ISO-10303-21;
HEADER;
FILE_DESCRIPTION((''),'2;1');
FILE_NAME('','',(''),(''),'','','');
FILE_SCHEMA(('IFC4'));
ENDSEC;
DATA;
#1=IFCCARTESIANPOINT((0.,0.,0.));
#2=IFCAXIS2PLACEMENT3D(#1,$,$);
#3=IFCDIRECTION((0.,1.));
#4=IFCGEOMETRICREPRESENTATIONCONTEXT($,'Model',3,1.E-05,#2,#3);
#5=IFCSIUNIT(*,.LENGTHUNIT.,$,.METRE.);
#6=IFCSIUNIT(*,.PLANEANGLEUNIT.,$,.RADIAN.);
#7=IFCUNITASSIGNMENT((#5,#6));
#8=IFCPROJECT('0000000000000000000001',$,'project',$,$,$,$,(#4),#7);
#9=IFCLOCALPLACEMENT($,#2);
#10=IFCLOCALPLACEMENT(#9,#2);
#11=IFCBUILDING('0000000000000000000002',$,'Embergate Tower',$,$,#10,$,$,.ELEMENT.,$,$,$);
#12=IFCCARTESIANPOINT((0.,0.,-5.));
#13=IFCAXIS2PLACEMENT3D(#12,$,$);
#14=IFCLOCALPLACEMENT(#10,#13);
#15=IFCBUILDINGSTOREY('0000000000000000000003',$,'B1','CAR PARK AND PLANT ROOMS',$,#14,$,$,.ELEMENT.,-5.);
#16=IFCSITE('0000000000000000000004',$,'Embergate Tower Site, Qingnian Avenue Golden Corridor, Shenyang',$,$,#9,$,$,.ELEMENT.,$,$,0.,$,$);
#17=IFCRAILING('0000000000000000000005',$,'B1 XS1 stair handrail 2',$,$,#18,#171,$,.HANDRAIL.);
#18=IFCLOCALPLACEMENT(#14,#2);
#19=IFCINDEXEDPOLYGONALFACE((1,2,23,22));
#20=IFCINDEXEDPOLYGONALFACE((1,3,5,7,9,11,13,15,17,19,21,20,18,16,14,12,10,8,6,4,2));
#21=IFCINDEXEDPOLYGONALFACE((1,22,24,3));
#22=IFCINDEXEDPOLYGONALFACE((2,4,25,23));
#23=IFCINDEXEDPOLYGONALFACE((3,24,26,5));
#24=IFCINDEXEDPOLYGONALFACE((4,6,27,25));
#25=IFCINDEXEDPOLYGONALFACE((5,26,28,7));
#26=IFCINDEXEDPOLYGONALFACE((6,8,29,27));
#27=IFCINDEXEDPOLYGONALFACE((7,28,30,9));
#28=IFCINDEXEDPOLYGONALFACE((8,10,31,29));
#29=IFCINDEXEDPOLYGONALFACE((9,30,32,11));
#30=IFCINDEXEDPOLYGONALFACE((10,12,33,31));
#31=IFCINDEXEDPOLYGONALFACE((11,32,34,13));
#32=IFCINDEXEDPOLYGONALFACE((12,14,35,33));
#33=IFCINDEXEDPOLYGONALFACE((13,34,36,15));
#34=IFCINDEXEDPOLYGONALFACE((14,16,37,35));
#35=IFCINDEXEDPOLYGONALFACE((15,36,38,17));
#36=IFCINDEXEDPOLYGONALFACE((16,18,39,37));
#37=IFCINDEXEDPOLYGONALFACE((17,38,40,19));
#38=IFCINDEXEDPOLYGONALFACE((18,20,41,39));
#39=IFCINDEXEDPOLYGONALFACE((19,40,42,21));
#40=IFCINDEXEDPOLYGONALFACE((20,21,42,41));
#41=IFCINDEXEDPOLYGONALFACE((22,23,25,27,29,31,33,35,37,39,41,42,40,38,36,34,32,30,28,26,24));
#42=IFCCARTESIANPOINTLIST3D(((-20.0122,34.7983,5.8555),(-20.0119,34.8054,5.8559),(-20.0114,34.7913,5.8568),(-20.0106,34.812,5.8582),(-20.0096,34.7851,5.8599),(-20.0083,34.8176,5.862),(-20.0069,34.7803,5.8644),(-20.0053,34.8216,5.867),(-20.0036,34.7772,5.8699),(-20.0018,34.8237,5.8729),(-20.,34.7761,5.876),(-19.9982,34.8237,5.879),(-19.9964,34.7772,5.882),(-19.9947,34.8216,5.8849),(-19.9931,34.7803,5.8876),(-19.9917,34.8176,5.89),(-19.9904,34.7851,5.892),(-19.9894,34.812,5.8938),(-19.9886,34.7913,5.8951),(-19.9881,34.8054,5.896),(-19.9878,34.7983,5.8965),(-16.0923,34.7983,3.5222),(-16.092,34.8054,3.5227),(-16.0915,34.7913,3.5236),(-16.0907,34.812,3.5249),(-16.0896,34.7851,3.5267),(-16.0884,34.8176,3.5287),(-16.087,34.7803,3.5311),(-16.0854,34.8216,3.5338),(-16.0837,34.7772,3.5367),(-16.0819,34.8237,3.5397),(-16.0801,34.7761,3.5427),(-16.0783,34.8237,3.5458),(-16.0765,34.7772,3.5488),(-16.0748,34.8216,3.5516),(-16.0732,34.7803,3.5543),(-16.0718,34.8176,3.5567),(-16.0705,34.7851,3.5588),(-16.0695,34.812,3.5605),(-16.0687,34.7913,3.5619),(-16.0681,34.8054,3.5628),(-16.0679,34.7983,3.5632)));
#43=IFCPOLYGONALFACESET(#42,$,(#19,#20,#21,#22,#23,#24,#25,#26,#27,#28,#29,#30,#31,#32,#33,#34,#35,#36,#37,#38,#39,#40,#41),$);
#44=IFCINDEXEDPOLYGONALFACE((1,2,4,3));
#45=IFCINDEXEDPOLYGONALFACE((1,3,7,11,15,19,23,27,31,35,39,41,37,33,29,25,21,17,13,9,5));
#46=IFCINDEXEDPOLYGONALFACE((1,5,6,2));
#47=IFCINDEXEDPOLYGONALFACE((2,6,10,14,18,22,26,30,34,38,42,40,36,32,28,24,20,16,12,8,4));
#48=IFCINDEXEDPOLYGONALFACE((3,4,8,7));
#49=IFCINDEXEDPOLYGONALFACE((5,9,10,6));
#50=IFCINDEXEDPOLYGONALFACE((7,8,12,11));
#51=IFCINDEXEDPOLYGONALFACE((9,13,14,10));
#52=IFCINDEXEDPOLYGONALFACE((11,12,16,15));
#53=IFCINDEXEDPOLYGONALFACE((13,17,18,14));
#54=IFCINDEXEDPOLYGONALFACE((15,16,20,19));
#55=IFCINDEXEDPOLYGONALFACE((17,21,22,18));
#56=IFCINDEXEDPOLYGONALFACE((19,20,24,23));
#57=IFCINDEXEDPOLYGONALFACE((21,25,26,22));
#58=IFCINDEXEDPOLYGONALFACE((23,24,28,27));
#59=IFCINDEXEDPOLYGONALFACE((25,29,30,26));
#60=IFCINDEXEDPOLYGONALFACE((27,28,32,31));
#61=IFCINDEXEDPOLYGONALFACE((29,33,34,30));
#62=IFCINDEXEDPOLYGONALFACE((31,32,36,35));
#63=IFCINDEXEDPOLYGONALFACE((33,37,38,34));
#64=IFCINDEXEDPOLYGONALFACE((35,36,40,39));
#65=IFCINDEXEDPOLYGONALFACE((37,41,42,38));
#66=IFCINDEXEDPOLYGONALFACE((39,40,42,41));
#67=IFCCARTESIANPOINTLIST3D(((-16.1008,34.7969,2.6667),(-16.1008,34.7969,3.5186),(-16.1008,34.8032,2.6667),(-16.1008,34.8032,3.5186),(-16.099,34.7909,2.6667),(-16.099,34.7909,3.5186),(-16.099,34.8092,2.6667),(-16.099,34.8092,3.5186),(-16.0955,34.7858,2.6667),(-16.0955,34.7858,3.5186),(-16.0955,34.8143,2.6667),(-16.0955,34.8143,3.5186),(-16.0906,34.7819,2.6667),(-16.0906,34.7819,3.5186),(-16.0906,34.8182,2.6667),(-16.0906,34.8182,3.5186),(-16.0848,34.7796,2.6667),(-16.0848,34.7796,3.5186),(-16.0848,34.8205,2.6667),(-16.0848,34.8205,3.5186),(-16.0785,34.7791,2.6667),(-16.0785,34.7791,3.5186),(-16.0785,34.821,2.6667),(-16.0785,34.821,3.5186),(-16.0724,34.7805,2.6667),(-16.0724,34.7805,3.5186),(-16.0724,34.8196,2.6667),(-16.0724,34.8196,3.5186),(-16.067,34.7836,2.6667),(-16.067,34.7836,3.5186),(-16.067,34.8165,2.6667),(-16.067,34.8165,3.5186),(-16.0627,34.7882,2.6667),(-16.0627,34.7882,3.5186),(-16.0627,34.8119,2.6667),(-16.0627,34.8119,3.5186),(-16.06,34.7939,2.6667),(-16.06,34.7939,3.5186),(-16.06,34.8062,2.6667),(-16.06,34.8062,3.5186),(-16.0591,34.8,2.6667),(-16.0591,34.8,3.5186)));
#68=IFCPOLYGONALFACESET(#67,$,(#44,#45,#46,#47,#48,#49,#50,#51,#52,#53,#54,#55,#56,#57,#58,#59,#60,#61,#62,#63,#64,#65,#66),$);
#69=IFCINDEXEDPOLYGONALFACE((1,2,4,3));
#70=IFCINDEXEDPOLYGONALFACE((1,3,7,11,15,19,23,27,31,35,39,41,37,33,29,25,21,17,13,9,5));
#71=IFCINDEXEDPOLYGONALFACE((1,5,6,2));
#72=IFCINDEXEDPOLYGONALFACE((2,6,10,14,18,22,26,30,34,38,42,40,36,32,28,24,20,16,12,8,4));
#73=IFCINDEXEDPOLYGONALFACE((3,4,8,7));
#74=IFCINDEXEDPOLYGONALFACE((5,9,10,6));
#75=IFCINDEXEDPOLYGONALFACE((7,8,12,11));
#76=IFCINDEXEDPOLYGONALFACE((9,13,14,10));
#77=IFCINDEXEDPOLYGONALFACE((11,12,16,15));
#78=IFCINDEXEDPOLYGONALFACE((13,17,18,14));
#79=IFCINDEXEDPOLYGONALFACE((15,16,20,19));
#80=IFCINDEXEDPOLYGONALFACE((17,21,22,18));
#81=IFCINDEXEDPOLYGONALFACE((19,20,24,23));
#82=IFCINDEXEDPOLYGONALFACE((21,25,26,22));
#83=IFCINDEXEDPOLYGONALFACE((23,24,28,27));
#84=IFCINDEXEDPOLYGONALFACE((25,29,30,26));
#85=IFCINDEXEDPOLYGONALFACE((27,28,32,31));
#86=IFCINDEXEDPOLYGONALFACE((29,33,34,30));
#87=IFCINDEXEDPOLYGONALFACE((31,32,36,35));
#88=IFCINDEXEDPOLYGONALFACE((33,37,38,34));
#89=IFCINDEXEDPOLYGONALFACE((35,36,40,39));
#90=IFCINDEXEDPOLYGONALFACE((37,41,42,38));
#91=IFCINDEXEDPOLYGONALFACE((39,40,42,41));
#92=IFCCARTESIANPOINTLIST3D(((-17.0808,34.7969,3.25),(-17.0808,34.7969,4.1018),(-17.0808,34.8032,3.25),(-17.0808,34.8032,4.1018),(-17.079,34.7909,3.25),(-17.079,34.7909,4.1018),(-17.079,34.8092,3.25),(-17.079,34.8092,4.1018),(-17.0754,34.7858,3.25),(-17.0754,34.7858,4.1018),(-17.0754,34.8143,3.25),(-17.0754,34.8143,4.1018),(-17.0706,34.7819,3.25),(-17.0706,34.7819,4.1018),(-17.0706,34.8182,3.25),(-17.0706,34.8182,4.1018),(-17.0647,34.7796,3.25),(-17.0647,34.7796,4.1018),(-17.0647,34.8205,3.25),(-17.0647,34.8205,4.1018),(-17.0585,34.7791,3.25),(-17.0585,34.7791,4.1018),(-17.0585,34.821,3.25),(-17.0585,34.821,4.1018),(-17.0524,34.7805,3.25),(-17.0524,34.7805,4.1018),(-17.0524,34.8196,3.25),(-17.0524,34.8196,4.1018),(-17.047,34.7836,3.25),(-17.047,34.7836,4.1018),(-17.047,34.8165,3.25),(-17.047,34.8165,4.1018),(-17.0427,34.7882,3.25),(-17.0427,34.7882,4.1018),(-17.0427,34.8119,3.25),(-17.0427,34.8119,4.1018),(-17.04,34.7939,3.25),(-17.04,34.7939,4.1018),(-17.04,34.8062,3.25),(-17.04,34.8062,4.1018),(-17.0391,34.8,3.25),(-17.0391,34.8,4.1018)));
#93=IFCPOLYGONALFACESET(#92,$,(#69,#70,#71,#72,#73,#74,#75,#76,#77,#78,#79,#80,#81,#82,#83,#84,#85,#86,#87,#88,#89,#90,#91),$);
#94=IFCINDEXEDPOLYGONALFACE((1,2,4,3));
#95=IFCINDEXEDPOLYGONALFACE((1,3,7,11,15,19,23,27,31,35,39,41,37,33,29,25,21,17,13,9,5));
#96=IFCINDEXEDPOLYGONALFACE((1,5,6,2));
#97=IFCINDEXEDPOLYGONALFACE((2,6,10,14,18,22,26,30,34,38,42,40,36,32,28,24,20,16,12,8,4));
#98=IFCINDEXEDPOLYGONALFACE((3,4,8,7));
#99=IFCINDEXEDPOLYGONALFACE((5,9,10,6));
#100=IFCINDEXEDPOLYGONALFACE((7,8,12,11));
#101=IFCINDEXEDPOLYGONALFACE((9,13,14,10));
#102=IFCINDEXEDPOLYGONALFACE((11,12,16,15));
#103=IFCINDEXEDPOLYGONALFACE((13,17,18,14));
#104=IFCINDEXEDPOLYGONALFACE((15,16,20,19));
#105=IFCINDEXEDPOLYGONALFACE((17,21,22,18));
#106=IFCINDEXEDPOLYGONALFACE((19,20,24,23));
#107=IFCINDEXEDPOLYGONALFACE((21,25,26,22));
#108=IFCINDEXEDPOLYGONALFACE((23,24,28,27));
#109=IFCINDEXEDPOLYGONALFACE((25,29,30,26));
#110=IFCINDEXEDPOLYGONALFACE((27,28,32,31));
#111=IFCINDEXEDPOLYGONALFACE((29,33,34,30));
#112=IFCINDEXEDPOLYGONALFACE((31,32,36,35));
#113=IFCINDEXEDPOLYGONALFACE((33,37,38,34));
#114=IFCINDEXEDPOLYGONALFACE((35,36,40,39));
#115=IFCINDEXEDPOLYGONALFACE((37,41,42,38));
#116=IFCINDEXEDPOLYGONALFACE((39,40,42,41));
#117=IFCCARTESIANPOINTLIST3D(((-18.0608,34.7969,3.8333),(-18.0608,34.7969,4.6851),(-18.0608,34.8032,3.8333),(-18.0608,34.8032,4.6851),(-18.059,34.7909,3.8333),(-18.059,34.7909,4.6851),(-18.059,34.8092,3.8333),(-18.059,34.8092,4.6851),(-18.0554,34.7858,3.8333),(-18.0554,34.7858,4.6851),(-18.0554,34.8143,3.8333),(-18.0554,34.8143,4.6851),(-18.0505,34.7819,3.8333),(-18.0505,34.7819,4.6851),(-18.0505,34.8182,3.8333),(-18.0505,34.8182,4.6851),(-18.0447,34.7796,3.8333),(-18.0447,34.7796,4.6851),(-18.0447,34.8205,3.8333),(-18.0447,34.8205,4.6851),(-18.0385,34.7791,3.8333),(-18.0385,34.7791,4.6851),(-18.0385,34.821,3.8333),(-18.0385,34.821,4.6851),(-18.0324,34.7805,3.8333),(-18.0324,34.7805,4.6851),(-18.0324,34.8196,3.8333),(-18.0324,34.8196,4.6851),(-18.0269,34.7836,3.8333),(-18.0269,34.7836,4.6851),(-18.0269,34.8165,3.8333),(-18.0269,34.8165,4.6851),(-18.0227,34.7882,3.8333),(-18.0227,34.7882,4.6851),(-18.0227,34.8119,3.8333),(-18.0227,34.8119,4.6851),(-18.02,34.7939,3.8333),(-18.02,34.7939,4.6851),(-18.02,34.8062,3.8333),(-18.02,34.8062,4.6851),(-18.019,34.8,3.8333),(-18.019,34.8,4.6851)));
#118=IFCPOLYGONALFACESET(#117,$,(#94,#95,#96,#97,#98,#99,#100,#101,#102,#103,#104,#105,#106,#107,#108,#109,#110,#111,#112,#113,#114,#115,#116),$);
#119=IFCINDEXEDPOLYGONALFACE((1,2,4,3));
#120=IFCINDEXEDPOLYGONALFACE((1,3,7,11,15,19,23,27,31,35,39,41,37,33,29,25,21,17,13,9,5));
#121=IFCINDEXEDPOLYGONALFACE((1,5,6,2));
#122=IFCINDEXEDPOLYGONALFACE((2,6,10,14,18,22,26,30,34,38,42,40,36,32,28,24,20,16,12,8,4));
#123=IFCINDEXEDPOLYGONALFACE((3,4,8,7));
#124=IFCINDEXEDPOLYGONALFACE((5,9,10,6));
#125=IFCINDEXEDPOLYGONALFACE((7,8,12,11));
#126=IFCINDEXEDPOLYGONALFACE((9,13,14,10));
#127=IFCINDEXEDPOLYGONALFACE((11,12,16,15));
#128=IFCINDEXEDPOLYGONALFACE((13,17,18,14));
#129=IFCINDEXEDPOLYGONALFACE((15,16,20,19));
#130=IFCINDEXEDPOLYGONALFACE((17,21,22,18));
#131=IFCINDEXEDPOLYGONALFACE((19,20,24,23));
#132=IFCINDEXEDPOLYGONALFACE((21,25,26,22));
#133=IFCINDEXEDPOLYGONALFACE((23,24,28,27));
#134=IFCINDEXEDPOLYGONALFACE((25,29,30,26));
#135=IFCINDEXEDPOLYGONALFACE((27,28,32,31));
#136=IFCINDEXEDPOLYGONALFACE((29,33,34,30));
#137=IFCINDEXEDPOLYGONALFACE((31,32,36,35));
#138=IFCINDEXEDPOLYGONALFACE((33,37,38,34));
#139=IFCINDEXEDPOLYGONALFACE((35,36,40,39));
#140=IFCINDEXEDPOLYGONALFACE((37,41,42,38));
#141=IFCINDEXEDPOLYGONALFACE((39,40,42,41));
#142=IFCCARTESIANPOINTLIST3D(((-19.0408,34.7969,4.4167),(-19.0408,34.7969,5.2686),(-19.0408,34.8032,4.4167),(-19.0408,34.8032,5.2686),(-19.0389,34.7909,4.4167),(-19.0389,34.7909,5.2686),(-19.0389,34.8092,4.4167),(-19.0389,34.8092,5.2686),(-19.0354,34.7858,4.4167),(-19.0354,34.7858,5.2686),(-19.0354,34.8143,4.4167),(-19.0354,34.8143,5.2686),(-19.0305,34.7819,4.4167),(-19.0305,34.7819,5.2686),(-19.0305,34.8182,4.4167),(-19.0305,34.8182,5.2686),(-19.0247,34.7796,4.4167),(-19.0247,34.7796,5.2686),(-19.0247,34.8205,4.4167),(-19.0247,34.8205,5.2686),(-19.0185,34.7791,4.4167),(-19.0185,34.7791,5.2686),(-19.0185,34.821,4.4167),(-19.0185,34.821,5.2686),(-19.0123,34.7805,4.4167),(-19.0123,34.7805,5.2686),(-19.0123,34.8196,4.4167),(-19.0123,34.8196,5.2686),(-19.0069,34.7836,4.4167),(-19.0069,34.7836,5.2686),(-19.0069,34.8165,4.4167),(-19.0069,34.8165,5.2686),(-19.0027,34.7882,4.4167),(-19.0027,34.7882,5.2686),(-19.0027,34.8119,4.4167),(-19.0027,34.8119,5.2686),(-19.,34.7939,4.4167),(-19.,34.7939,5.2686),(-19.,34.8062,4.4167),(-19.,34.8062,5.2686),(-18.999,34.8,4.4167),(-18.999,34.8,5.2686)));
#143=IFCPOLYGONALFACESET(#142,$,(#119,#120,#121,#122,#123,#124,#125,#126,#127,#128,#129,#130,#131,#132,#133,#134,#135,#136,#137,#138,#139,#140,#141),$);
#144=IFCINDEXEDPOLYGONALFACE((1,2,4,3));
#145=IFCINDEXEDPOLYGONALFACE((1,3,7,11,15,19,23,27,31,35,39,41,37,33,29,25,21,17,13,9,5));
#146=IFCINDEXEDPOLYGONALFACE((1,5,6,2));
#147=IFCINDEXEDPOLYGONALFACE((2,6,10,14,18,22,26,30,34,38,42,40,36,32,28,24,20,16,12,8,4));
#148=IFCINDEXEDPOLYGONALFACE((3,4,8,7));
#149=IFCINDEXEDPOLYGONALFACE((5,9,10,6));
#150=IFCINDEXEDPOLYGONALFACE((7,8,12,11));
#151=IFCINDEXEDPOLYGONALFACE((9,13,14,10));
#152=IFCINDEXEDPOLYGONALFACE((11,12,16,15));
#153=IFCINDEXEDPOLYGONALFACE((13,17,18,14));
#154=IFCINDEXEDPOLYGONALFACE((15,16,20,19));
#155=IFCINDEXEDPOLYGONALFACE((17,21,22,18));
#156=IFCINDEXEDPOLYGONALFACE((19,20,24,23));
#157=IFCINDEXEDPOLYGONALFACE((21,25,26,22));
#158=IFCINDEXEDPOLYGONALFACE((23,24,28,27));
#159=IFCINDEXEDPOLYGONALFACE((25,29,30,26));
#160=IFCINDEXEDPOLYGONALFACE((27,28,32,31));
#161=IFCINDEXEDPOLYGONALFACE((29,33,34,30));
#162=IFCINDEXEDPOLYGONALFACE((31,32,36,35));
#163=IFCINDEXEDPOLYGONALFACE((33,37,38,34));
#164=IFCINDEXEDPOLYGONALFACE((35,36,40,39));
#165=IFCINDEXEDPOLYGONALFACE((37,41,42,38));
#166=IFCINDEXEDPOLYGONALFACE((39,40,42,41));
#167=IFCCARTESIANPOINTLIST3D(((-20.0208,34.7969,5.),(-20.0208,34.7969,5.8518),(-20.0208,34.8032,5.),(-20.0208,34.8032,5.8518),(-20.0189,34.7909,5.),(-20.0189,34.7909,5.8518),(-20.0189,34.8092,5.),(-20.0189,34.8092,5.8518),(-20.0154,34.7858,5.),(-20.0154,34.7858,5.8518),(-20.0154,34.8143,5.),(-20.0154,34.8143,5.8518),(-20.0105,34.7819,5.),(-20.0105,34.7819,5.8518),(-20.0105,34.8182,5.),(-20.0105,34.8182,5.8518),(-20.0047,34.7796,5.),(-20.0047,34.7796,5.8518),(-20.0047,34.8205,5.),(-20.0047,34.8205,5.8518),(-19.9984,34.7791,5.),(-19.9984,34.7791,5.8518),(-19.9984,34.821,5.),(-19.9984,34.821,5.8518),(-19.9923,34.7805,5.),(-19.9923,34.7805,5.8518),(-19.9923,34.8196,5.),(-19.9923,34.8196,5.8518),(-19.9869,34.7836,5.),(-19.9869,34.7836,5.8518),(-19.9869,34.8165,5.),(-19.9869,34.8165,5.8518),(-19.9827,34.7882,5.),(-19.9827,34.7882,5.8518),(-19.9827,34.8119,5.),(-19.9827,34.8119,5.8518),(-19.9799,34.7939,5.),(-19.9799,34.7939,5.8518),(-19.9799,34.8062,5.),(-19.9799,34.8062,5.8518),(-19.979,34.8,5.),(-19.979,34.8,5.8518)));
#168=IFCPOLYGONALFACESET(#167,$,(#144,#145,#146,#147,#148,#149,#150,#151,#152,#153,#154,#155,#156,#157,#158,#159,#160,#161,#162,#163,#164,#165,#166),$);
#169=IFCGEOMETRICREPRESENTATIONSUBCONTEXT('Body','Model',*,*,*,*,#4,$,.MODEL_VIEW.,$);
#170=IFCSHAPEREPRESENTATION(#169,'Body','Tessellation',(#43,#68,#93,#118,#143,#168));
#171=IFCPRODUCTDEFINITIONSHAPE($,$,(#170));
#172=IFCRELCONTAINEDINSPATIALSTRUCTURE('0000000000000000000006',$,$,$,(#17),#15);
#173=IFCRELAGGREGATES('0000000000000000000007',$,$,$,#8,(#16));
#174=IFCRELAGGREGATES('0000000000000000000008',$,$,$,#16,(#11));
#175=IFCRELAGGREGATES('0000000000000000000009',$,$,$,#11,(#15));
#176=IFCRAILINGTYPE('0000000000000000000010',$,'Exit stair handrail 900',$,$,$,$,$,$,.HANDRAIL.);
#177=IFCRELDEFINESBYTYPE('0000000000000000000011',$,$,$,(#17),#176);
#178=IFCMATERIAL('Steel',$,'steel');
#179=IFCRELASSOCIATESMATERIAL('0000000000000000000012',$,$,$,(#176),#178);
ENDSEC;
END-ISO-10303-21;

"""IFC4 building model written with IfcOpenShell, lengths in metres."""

from ifc_helpers import new_model, si_unit, direction, frame, origin, origin_2d, place, context, subcontext, project, spatial, circle, extrude, source, transform, mapped, material, type_object, element, save


model = new_model("IFC4")

# Units and contexts
model_context = context("Model", 3, precision=1e-05, world=origin(), true_north=direction((0.0, 1.0)))
body_context = subcontext(model_context, "Body", "Model", "MODEL_VIEW")
ifc_project = project(units=[si_unit("LENGTHUNIT", "METRE"), si_unit("PLANEANGLEUNIT", "RADIAN")], contexts=[model_context])

# Site, building, storey
site_placement = place(None, origin())
site = spatial("IfcSite", under=ifc_project, at=site_placement, Name="Embergate Tower Site, Qingnian Avenue Golden Corridor, Shenyang", CompositionType="ELEMENT", RefElevation=0.0)
building_placement = place(site_placement, origin())
building = spatial("IfcBuilding", under=site, at=building_placement, Name="Embergate Tower", CompositionType="ELEMENT")
storey_placement = place(building_placement, frame((0.0, 0.0, -5.0)))
storey = spatial("IfcBuildingStorey", under=building, at=storey_placement, Name="B1", Description="CAR PARK AND PLANT ROOMS", CompositionType="ELEMENT", Elevation=-5.0)

# Railing
ifc_material_1 = material(Name="Steel", Category="steel")
railing_type_1 = type_object("IfcRailingType", Name="Exit stair handrail 900", PredefinedType="HANDRAIL", material=ifc_material_1)
shared_shape_1 = source(origin(), body_context, "Body", "SweptSolid", [
    extrude(circle(Radius=0.0239, at=origin_2d()), frame((0.0, 0.0, 0.876), z_axis=(-0.859296, 0.0, 0.511478), x_axis=(0.0, -1.0, 0.0)), (0.0, 0.0, 1.0), 4.5618),
    extrude(circle(Radius=0.021, at=origin_2d()), origin(), (0.0, 0.0, 1.0), 0.8518),
    extrude(circle(Radius=0.021, at=origin_2d()), frame((-0.98, 0.0, 0.5833)), (0.0, 0.0, 1.0), 0.8518),
    extrude(circle(Radius=0.021, at=origin_2d()), frame((-1.96, 0.0, 1.1665)), (0.0, 0.0, 1.0), 0.8518),
    extrude(circle(Radius=0.021, at=origin_2d()), frame((-2.9399, 0.0, 1.75)), (0.0, 0.0, 1.0), 0.8518),
    extrude(circle(Radius=0.021, at=origin_2d()), frame((-3.9199, 0.0, 2.3333)), (0.0, 0.0, 1.0), 0.8518),
])
railing_1_placement = place(storey_placement, frame((-16.0801, 34.8, 2.6667)))
element("IfcRailing", 1, at=railing_1_placement, inside=storey, type_object=railing_type_1, Name="B1 XS1 stair handrail 2", PredefinedType="HANDRAIL", context=body_context, shape_type="MappedRepresentation", body=[
    mapped(shared_shape_1, transform((0.0, 0.0, 0.0))),
])

save(model, "model.ifc")
